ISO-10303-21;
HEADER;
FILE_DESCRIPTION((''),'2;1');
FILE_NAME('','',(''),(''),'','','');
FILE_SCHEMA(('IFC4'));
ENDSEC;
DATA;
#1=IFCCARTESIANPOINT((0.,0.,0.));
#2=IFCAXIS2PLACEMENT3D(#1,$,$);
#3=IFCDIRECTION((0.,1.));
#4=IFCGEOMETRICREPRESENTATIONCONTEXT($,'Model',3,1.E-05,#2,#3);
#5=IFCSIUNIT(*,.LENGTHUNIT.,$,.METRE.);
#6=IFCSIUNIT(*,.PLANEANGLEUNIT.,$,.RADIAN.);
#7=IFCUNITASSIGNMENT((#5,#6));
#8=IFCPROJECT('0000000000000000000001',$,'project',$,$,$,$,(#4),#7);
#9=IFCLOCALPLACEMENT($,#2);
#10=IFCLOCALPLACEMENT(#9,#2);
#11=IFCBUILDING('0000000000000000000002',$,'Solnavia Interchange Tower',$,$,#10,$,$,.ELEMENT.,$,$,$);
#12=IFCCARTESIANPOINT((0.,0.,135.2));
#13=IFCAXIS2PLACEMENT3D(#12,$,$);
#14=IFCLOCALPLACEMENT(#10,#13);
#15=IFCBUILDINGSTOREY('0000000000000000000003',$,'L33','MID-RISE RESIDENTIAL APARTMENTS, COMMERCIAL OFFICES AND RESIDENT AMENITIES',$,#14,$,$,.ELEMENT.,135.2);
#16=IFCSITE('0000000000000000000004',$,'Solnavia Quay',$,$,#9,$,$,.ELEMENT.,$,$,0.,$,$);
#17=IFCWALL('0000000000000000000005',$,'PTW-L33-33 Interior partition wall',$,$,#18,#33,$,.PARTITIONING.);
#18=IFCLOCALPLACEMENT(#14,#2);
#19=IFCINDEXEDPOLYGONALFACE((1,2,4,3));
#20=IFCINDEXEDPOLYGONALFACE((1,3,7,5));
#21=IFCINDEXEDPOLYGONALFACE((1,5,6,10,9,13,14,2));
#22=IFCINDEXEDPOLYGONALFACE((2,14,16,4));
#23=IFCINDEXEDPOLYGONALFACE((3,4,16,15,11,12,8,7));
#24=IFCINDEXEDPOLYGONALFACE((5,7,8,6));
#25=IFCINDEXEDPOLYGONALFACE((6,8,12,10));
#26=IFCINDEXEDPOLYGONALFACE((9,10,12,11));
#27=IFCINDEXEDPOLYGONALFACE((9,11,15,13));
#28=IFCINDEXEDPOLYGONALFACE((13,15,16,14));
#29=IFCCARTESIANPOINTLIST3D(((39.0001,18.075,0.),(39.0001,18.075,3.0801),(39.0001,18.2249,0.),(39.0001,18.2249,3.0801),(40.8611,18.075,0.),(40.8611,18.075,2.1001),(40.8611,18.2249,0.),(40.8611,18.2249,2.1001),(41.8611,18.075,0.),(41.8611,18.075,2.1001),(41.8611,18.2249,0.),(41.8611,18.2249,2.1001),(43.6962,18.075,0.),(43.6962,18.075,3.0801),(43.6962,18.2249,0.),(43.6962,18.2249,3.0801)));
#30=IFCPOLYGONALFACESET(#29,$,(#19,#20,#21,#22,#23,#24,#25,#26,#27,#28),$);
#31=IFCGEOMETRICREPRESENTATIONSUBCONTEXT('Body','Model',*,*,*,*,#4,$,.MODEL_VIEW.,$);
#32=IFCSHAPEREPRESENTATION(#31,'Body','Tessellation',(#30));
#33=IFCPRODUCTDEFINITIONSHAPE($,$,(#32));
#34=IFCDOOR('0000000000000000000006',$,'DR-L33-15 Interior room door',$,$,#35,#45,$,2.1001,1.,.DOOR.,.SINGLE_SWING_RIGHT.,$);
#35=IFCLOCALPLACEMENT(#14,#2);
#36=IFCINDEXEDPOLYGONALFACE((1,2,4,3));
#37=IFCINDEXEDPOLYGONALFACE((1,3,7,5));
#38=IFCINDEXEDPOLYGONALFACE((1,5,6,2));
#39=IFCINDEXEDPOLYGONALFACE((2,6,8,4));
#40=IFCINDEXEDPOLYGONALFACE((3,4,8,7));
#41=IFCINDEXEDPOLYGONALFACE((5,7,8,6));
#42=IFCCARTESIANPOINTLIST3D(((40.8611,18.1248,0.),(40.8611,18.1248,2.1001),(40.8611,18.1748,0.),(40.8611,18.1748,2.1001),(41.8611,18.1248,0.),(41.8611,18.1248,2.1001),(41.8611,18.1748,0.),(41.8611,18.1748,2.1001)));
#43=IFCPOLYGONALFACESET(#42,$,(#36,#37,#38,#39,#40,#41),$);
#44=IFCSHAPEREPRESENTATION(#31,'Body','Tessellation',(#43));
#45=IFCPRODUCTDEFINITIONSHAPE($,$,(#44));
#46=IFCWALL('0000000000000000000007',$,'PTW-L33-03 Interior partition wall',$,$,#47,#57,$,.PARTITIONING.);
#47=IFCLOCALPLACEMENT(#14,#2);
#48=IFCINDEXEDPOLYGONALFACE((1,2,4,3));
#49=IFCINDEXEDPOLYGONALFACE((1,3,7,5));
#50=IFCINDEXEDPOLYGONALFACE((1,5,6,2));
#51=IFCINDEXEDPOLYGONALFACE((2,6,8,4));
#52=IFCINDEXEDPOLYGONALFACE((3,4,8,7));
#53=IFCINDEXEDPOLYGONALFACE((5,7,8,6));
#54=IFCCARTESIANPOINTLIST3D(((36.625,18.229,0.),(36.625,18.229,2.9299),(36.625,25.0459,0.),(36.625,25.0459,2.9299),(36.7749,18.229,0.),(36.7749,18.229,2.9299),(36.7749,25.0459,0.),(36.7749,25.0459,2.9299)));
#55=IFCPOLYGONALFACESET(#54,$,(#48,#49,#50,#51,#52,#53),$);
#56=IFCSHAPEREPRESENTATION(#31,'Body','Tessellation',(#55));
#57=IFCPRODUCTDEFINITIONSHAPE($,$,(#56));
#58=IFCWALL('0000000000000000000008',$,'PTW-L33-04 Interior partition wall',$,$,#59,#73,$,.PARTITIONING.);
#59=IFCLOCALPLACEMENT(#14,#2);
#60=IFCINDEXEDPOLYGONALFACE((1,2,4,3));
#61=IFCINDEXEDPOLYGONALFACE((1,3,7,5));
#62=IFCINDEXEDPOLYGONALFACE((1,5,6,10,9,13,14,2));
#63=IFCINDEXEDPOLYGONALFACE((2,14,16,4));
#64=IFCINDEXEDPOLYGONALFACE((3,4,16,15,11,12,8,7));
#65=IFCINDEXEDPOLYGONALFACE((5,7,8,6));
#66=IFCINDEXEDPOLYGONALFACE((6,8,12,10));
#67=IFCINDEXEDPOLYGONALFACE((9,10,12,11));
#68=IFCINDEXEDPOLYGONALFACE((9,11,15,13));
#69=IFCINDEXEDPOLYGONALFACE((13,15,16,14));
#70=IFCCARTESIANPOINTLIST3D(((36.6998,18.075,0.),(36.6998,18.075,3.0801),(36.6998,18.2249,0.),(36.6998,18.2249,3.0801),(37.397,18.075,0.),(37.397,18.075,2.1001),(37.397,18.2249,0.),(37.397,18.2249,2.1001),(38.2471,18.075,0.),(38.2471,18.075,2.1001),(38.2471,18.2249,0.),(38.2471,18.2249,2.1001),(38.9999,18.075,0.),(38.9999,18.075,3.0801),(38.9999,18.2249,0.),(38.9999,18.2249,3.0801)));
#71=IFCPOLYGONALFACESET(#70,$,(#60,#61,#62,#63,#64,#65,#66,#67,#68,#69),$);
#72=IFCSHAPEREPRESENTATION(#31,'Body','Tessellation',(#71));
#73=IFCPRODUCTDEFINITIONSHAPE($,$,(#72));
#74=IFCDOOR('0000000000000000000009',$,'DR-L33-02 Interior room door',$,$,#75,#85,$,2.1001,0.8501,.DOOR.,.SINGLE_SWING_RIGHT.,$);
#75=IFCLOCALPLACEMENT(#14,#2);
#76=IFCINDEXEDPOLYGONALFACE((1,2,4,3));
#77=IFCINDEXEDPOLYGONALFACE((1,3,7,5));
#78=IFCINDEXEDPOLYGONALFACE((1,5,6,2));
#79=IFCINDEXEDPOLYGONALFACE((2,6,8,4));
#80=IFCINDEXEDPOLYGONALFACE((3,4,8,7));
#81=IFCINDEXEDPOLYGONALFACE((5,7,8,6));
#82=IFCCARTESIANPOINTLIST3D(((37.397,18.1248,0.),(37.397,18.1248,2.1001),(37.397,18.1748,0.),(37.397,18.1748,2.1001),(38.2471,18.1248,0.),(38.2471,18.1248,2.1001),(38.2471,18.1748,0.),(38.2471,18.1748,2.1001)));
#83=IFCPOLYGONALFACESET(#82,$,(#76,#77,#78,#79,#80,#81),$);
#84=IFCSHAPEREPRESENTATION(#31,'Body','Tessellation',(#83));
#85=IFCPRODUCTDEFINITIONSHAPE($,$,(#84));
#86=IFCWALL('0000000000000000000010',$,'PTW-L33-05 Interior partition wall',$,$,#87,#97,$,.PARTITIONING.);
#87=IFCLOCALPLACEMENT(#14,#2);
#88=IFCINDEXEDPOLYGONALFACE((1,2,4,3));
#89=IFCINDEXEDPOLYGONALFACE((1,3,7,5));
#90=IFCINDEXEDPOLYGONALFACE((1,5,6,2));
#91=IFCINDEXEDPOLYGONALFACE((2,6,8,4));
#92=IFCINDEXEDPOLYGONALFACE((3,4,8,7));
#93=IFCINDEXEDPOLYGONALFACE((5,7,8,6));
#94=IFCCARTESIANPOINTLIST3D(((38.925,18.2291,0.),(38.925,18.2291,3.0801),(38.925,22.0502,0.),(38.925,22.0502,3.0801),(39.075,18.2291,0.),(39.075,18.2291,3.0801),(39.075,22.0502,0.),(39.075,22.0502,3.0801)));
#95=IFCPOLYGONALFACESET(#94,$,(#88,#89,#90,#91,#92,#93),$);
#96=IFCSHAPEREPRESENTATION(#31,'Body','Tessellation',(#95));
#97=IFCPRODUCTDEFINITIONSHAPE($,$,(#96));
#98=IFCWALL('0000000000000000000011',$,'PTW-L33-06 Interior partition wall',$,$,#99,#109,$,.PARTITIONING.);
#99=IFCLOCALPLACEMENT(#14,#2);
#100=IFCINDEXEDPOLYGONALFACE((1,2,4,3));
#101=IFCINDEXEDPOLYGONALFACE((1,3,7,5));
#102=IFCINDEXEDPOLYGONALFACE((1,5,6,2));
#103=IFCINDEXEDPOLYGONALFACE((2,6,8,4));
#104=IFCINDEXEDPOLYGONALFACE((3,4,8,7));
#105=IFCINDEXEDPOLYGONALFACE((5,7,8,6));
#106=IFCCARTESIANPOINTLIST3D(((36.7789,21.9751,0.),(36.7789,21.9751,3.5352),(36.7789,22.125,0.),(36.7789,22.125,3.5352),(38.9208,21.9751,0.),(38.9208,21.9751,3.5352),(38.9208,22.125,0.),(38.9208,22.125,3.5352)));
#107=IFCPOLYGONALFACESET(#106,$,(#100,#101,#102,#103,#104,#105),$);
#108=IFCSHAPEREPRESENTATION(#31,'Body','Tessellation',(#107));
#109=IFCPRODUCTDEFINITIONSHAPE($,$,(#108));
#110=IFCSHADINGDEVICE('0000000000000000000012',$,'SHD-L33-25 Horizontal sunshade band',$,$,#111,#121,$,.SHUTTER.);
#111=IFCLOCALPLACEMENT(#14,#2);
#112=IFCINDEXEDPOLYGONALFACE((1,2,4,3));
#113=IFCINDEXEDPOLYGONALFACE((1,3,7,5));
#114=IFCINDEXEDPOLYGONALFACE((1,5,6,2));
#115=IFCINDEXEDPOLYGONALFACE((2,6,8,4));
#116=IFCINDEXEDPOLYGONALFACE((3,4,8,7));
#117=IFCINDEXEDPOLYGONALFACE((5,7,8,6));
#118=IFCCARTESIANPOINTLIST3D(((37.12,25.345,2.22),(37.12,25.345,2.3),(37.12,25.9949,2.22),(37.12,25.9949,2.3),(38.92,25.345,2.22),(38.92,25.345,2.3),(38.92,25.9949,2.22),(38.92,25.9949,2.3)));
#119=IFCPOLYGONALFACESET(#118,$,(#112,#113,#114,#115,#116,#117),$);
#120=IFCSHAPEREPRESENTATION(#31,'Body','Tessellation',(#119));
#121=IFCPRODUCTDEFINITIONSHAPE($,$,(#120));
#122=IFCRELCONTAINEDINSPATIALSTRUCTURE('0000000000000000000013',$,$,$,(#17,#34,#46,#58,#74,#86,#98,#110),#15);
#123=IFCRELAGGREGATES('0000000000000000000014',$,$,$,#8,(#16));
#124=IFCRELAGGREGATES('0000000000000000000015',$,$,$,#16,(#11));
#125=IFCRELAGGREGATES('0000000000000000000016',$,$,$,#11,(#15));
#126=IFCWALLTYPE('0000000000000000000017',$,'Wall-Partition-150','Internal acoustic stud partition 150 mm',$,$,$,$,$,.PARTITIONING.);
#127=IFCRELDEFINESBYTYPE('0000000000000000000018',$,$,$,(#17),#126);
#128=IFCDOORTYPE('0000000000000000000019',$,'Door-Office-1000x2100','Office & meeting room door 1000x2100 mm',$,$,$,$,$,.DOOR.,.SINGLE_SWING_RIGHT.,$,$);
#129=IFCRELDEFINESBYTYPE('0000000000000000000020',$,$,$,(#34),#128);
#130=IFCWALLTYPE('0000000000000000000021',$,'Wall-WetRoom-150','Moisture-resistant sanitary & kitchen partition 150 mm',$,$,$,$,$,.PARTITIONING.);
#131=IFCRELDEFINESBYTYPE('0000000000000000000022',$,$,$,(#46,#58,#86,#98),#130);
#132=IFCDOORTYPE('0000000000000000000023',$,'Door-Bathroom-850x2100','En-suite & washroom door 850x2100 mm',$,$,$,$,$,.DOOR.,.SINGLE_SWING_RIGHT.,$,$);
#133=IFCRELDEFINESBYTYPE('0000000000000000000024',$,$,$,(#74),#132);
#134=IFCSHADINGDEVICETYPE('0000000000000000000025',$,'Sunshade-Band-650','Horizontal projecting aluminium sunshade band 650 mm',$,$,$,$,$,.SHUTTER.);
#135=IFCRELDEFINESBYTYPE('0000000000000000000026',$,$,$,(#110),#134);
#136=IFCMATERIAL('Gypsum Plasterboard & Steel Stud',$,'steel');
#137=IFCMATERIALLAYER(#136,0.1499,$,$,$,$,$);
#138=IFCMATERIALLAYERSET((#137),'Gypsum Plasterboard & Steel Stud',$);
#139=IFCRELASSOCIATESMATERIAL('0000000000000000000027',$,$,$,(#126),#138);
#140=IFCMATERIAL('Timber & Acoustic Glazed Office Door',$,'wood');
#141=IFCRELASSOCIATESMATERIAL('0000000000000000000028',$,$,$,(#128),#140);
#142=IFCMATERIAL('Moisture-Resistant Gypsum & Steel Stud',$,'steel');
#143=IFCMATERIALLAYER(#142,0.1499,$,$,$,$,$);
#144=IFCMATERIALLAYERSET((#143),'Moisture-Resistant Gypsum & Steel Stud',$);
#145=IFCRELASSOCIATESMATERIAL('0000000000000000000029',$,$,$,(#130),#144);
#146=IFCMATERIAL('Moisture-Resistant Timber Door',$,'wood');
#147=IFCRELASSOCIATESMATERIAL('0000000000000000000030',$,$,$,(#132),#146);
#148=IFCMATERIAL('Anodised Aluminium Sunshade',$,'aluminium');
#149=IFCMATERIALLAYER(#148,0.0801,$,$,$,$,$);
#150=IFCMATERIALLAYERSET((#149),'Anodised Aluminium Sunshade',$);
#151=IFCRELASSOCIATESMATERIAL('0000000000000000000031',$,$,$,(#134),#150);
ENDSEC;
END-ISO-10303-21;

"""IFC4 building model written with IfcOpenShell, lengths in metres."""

from ifc_helpers import new_model, si_unit, direction, frame, frame_2d, origin, origin_2d, place, context, subcontext, project, spatial, rectangle, extrude, material, layer, layer_set, type_object, element, fill, save


model = new_model("IFC4")

# Units and contexts
model_context = context("Model", 3, precision=1e-05, world=origin(), true_north=direction((0.0, 1.0)))
body_context = subcontext(model_context, "Body", "Model", "MODEL_VIEW")
ifc_project = project(units=[si_unit("LENGTHUNIT", "METRE"), si_unit("PLANEANGLEUNIT", "RADIAN")], contexts=[model_context])

# Site, building, storey
site_placement = place(None, origin())
site = spatial("IfcSite", under=ifc_project, at=site_placement, Name="Solnavia Quay", CompositionType="ELEMENT", RefElevation=0.0)
building_placement = place(site_placement, origin())
building = spatial("IfcBuilding", under=site, at=building_placement, Name="Solnavia Interchange Tower", CompositionType="ELEMENT")
storey_placement = place(building_placement, frame((0.0, 0.0, 135.2)))
storey = spatial("IfcBuildingStorey", under=building, at=storey_placement, Name="L33", Description="MID-RISE RESIDENTIAL APARTMENTS, COMMERCIAL OFFICES AND RESIDENT AMENITIES", CompositionType="ELEMENT", Elevation=135.2)

# Wall, opening, door
ifc_material_1 = material(Name="Gypsum Plasterboard & Steel Stud", Category="steel")
ifc_layer_1 = layer(ifc_material_1, 0.1499)
ifc_layer_set_1 = layer_set([ifc_layer_1], Name="Gypsum Plasterboard & Steel Stud")
wall_type_1 = type_object("IfcWallType", Name="Wall-Partition-150", Description="Internal acoustic stud partition 150 mm", PredefinedType="PARTITIONING", material=ifc_layer_set_1)
wall_1_placement = place(storey_placement, frame((39.0, 18.1499, 0.0), z_axis=(0.0, 0.0, 1.0), x_axis=(1.0, 0.0, 0.0)))
wall_1 = element("IfcWall", 1, at=wall_1_placement, inside=storey, type_object=wall_type_1, Name="PTW-L33-33 Interior partition wall", PredefinedType="PARTITIONING", context=body_context, shape_type="SweptSolid", body=[
    extrude(rectangle(XDim=4.696, YDim=0.1499, at=frame_2d((2.3481, 0.0))), origin(), (0.0, 0.0, 1.0), 3.0801),
])
opening_1_placement = place(wall_1_placement, frame((1.8611, 0.0, 0.0)))
opening_1 = element("IfcOpeningElement", 2, at=opening_1_placement, cuts=wall_1, PredefinedType="OPENING", context=body_context, shape_type="SweptSolid", body=[
    extrude(rectangle(XDim=1.0, YDim=2.1001, at=frame_2d((0.5, 1.05))), frame((0.0, 0.085, 0.0), z_axis=(0.0, -1.0, 0.0), x_axis=(1.0, 0.0, 0.0)), (0.0, 0.0, 1.0), 0.1699),
])
ifc_material_2 = material(Name="Timber & Acoustic Glazed Office Door", Category="wood")
door_type_1 = type_object("IfcDoorType", Name="Door-Office-1000x2100", Description="Office & meeting room door 1000x2100 mm", OperationType="SINGLE_SWING_RIGHT", PredefinedType="DOOR", material=ifc_material_2)
door_1_placement = place(opening_1_placement, origin())
door_1 = element("IfcDoor", 3, at=door_1_placement, inside=storey, type_object=door_type_1, Name="DR-L33-15 Interior room door", OperationType="SINGLE_SWING_RIGHT", OverallHeight=2.1001, OverallWidth=1.0, PredefinedType="DOOR", context=body_context, shape_type="SweptSolid", body=[
    extrude(rectangle(XDim=1.0, YDim=2.1001, at=frame_2d((0.5, 1.05))), frame((0.0, 0.0249, 0.0), z_axis=(0.0, -1.0, 0.0), x_axis=(1.0, 0.0, 0.0)), (0.0, 0.0, 1.0), 0.05),
])
fill(opening_1, door_1)

# Wall
ifc_material_3 = material(Name="Moisture-Resistant Gypsum & Steel Stud", Category="steel")
ifc_layer_2 = layer(ifc_material_3, 0.1499)
ifc_layer_set_2 = layer_set([ifc_layer_2], Name="Moisture-Resistant Gypsum & Steel Stud")
wall_type_2 = type_object("IfcWallType", Name="Wall-WetRoom-150", Description="Moisture-resistant sanitary & kitchen partition 150 mm", PredefinedType="PARTITIONING", material=ifc_layer_set_2)
wall_2_placement = place(storey_placement, frame((36.7, 18.229, 0.0), z_axis=(0.0, 0.0, 1.0), x_axis=(0.0, 1.0, 0.0)))
element("IfcWall", 4, at=wall_2_placement, inside=storey, type_object=wall_type_2, Name="PTW-L33-03 Interior partition wall", PredefinedType="PARTITIONING", context=body_context, shape_type="SweptSolid", body=[
    extrude(rectangle(XDim=6.8169, YDim=0.1499, at=frame_2d((3.4084, 0.0))), origin(), (0.0, 0.0, 1.0), 2.9299),
])

# Wall, opening, door
wall_3_placement = place(storey_placement, frame((36.7, 18.1499, 0.0), z_axis=(0.0, 0.0, 1.0), x_axis=(1.0, 0.0, 0.0)))
wall_3 = element("IfcWall", 5, at=wall_3_placement, inside=storey, type_object=wall_type_2, Name="PTW-L33-04 Interior partition wall", PredefinedType="PARTITIONING", context=body_context, shape_type="SweptSolid", body=[
    extrude(rectangle(XDim=2.3, YDim=0.1499, at=frame_2d((1.1499, 0.0))), origin(), (0.0, 0.0, 1.0), 3.0801),
])
opening_2_placement = place(wall_3_placement, frame((0.697, 0.0, 0.0)))
opening_2 = element("IfcOpeningElement", 6, at=opening_2_placement, cuts=wall_3, PredefinedType="OPENING", context=body_context, shape_type="SweptSolid", body=[
    extrude(rectangle(XDim=0.8501, YDim=2.1001, at=frame_2d((0.425, 1.05))), frame((0.0, 0.085, 0.0), z_axis=(0.0, -1.0, 0.0), x_axis=(1.0, 0.0, 0.0)), (0.0, 0.0, 1.0), 0.1699),
])
ifc_material_4 = material(Name="Moisture-Resistant Timber Door", Category="wood")
door_type_2 = type_object("IfcDoorType", Name="Door-Bathroom-850x2100", Description="En-suite & washroom door 850x2100 mm", OperationType="SINGLE_SWING_RIGHT", PredefinedType="DOOR", material=ifc_material_4)
door_2_placement = place(opening_2_placement, origin())
door_2 = element("IfcDoor", 7, at=door_2_placement, inside=storey, type_object=door_type_2, Name="DR-L33-02 Interior room door", OperationType="SINGLE_SWING_RIGHT", OverallHeight=2.1001, OverallWidth=0.8501, PredefinedType="DOOR", context=body_context, shape_type="SweptSolid", body=[
    extrude(rectangle(XDim=0.8501, YDim=2.1001, at=frame_2d((0.425, 1.05))), frame((0.0, 0.0249, 0.0), z_axis=(0.0, -1.0, 0.0), x_axis=(1.0, 0.0, 0.0)), (0.0, 0.0, 1.0), 0.05),
])
fill(opening_2, door_2)

# Walls
wall_4_placement = place(storey_placement, frame((39.0, 18.229, 0.0), z_axis=(0.0, 0.0, 1.0), x_axis=(0.0, 1.0, 0.0)))
element("IfcWall", 8, at=wall_4_placement, inside=storey, type_object=wall_type_2, Name="PTW-L33-05 Interior partition wall", PredefinedType="PARTITIONING", context=body_context, shape_type="SweptSolid", body=[
    extrude(rectangle(XDim=3.821, YDim=0.1499, at=frame_2d((1.9106, 0.0))), origin(), (0.0, 0.0, 1.0), 3.0801),
])
wall_5_placement = place(storey_placement, frame((36.7791, 22.05, 0.0), z_axis=(0.0, 0.0, 1.0), x_axis=(1.0, 0.0, 0.0)))
element("IfcWall", 9, at=wall_5_placement, inside=storey, type_object=wall_type_2, Name="PTW-L33-06 Interior partition wall", PredefinedType="PARTITIONING", context=body_context, shape_type="SweptSolid", body=[
    extrude(rectangle(XDim=2.1418, YDim=0.1499, at=frame_2d((1.0708, 0.0))), origin(), (0.0, 0.0, 1.0), 3.5352),
])

# Shading device
ifc_material_5 = material(Name="Anodised Aluminium Sunshade", Category="aluminium")
ifc_layer_3 = layer(ifc_material_5, 0.0801)
ifc_layer_set_3 = layer_set([ifc_layer_3], Name="Anodised Aluminium Sunshade")
shading_device_type = type_object("IfcShadingDeviceType", Name="Sunshade-Band-650", Description="Horizontal projecting aluminium sunshade band 650 mm", PredefinedType="SHUTTER", material=ifc_layer_set_3)
shading_device_placement = place(storey_placement, frame((38.02, 25.6699, 2.22), z_axis=(0.0, 0.0, 1.0), x_axis=(1.0, 0.0, 0.0)))
element("IfcShadingDevice", 10, at=shading_device_placement, inside=storey, type_object=shading_device_type, Name="SHD-L33-25 Horizontal sunshade band", PredefinedType="SHUTTER", context=body_context, shape_type="SweptSolid", body=[
    extrude(rectangle(XDim=1.8, YDim=0.6499, at=origin_2d()), origin(), (0.0, 0.0, 1.0), 0.0801),
])

save(model, "model.ifc")
